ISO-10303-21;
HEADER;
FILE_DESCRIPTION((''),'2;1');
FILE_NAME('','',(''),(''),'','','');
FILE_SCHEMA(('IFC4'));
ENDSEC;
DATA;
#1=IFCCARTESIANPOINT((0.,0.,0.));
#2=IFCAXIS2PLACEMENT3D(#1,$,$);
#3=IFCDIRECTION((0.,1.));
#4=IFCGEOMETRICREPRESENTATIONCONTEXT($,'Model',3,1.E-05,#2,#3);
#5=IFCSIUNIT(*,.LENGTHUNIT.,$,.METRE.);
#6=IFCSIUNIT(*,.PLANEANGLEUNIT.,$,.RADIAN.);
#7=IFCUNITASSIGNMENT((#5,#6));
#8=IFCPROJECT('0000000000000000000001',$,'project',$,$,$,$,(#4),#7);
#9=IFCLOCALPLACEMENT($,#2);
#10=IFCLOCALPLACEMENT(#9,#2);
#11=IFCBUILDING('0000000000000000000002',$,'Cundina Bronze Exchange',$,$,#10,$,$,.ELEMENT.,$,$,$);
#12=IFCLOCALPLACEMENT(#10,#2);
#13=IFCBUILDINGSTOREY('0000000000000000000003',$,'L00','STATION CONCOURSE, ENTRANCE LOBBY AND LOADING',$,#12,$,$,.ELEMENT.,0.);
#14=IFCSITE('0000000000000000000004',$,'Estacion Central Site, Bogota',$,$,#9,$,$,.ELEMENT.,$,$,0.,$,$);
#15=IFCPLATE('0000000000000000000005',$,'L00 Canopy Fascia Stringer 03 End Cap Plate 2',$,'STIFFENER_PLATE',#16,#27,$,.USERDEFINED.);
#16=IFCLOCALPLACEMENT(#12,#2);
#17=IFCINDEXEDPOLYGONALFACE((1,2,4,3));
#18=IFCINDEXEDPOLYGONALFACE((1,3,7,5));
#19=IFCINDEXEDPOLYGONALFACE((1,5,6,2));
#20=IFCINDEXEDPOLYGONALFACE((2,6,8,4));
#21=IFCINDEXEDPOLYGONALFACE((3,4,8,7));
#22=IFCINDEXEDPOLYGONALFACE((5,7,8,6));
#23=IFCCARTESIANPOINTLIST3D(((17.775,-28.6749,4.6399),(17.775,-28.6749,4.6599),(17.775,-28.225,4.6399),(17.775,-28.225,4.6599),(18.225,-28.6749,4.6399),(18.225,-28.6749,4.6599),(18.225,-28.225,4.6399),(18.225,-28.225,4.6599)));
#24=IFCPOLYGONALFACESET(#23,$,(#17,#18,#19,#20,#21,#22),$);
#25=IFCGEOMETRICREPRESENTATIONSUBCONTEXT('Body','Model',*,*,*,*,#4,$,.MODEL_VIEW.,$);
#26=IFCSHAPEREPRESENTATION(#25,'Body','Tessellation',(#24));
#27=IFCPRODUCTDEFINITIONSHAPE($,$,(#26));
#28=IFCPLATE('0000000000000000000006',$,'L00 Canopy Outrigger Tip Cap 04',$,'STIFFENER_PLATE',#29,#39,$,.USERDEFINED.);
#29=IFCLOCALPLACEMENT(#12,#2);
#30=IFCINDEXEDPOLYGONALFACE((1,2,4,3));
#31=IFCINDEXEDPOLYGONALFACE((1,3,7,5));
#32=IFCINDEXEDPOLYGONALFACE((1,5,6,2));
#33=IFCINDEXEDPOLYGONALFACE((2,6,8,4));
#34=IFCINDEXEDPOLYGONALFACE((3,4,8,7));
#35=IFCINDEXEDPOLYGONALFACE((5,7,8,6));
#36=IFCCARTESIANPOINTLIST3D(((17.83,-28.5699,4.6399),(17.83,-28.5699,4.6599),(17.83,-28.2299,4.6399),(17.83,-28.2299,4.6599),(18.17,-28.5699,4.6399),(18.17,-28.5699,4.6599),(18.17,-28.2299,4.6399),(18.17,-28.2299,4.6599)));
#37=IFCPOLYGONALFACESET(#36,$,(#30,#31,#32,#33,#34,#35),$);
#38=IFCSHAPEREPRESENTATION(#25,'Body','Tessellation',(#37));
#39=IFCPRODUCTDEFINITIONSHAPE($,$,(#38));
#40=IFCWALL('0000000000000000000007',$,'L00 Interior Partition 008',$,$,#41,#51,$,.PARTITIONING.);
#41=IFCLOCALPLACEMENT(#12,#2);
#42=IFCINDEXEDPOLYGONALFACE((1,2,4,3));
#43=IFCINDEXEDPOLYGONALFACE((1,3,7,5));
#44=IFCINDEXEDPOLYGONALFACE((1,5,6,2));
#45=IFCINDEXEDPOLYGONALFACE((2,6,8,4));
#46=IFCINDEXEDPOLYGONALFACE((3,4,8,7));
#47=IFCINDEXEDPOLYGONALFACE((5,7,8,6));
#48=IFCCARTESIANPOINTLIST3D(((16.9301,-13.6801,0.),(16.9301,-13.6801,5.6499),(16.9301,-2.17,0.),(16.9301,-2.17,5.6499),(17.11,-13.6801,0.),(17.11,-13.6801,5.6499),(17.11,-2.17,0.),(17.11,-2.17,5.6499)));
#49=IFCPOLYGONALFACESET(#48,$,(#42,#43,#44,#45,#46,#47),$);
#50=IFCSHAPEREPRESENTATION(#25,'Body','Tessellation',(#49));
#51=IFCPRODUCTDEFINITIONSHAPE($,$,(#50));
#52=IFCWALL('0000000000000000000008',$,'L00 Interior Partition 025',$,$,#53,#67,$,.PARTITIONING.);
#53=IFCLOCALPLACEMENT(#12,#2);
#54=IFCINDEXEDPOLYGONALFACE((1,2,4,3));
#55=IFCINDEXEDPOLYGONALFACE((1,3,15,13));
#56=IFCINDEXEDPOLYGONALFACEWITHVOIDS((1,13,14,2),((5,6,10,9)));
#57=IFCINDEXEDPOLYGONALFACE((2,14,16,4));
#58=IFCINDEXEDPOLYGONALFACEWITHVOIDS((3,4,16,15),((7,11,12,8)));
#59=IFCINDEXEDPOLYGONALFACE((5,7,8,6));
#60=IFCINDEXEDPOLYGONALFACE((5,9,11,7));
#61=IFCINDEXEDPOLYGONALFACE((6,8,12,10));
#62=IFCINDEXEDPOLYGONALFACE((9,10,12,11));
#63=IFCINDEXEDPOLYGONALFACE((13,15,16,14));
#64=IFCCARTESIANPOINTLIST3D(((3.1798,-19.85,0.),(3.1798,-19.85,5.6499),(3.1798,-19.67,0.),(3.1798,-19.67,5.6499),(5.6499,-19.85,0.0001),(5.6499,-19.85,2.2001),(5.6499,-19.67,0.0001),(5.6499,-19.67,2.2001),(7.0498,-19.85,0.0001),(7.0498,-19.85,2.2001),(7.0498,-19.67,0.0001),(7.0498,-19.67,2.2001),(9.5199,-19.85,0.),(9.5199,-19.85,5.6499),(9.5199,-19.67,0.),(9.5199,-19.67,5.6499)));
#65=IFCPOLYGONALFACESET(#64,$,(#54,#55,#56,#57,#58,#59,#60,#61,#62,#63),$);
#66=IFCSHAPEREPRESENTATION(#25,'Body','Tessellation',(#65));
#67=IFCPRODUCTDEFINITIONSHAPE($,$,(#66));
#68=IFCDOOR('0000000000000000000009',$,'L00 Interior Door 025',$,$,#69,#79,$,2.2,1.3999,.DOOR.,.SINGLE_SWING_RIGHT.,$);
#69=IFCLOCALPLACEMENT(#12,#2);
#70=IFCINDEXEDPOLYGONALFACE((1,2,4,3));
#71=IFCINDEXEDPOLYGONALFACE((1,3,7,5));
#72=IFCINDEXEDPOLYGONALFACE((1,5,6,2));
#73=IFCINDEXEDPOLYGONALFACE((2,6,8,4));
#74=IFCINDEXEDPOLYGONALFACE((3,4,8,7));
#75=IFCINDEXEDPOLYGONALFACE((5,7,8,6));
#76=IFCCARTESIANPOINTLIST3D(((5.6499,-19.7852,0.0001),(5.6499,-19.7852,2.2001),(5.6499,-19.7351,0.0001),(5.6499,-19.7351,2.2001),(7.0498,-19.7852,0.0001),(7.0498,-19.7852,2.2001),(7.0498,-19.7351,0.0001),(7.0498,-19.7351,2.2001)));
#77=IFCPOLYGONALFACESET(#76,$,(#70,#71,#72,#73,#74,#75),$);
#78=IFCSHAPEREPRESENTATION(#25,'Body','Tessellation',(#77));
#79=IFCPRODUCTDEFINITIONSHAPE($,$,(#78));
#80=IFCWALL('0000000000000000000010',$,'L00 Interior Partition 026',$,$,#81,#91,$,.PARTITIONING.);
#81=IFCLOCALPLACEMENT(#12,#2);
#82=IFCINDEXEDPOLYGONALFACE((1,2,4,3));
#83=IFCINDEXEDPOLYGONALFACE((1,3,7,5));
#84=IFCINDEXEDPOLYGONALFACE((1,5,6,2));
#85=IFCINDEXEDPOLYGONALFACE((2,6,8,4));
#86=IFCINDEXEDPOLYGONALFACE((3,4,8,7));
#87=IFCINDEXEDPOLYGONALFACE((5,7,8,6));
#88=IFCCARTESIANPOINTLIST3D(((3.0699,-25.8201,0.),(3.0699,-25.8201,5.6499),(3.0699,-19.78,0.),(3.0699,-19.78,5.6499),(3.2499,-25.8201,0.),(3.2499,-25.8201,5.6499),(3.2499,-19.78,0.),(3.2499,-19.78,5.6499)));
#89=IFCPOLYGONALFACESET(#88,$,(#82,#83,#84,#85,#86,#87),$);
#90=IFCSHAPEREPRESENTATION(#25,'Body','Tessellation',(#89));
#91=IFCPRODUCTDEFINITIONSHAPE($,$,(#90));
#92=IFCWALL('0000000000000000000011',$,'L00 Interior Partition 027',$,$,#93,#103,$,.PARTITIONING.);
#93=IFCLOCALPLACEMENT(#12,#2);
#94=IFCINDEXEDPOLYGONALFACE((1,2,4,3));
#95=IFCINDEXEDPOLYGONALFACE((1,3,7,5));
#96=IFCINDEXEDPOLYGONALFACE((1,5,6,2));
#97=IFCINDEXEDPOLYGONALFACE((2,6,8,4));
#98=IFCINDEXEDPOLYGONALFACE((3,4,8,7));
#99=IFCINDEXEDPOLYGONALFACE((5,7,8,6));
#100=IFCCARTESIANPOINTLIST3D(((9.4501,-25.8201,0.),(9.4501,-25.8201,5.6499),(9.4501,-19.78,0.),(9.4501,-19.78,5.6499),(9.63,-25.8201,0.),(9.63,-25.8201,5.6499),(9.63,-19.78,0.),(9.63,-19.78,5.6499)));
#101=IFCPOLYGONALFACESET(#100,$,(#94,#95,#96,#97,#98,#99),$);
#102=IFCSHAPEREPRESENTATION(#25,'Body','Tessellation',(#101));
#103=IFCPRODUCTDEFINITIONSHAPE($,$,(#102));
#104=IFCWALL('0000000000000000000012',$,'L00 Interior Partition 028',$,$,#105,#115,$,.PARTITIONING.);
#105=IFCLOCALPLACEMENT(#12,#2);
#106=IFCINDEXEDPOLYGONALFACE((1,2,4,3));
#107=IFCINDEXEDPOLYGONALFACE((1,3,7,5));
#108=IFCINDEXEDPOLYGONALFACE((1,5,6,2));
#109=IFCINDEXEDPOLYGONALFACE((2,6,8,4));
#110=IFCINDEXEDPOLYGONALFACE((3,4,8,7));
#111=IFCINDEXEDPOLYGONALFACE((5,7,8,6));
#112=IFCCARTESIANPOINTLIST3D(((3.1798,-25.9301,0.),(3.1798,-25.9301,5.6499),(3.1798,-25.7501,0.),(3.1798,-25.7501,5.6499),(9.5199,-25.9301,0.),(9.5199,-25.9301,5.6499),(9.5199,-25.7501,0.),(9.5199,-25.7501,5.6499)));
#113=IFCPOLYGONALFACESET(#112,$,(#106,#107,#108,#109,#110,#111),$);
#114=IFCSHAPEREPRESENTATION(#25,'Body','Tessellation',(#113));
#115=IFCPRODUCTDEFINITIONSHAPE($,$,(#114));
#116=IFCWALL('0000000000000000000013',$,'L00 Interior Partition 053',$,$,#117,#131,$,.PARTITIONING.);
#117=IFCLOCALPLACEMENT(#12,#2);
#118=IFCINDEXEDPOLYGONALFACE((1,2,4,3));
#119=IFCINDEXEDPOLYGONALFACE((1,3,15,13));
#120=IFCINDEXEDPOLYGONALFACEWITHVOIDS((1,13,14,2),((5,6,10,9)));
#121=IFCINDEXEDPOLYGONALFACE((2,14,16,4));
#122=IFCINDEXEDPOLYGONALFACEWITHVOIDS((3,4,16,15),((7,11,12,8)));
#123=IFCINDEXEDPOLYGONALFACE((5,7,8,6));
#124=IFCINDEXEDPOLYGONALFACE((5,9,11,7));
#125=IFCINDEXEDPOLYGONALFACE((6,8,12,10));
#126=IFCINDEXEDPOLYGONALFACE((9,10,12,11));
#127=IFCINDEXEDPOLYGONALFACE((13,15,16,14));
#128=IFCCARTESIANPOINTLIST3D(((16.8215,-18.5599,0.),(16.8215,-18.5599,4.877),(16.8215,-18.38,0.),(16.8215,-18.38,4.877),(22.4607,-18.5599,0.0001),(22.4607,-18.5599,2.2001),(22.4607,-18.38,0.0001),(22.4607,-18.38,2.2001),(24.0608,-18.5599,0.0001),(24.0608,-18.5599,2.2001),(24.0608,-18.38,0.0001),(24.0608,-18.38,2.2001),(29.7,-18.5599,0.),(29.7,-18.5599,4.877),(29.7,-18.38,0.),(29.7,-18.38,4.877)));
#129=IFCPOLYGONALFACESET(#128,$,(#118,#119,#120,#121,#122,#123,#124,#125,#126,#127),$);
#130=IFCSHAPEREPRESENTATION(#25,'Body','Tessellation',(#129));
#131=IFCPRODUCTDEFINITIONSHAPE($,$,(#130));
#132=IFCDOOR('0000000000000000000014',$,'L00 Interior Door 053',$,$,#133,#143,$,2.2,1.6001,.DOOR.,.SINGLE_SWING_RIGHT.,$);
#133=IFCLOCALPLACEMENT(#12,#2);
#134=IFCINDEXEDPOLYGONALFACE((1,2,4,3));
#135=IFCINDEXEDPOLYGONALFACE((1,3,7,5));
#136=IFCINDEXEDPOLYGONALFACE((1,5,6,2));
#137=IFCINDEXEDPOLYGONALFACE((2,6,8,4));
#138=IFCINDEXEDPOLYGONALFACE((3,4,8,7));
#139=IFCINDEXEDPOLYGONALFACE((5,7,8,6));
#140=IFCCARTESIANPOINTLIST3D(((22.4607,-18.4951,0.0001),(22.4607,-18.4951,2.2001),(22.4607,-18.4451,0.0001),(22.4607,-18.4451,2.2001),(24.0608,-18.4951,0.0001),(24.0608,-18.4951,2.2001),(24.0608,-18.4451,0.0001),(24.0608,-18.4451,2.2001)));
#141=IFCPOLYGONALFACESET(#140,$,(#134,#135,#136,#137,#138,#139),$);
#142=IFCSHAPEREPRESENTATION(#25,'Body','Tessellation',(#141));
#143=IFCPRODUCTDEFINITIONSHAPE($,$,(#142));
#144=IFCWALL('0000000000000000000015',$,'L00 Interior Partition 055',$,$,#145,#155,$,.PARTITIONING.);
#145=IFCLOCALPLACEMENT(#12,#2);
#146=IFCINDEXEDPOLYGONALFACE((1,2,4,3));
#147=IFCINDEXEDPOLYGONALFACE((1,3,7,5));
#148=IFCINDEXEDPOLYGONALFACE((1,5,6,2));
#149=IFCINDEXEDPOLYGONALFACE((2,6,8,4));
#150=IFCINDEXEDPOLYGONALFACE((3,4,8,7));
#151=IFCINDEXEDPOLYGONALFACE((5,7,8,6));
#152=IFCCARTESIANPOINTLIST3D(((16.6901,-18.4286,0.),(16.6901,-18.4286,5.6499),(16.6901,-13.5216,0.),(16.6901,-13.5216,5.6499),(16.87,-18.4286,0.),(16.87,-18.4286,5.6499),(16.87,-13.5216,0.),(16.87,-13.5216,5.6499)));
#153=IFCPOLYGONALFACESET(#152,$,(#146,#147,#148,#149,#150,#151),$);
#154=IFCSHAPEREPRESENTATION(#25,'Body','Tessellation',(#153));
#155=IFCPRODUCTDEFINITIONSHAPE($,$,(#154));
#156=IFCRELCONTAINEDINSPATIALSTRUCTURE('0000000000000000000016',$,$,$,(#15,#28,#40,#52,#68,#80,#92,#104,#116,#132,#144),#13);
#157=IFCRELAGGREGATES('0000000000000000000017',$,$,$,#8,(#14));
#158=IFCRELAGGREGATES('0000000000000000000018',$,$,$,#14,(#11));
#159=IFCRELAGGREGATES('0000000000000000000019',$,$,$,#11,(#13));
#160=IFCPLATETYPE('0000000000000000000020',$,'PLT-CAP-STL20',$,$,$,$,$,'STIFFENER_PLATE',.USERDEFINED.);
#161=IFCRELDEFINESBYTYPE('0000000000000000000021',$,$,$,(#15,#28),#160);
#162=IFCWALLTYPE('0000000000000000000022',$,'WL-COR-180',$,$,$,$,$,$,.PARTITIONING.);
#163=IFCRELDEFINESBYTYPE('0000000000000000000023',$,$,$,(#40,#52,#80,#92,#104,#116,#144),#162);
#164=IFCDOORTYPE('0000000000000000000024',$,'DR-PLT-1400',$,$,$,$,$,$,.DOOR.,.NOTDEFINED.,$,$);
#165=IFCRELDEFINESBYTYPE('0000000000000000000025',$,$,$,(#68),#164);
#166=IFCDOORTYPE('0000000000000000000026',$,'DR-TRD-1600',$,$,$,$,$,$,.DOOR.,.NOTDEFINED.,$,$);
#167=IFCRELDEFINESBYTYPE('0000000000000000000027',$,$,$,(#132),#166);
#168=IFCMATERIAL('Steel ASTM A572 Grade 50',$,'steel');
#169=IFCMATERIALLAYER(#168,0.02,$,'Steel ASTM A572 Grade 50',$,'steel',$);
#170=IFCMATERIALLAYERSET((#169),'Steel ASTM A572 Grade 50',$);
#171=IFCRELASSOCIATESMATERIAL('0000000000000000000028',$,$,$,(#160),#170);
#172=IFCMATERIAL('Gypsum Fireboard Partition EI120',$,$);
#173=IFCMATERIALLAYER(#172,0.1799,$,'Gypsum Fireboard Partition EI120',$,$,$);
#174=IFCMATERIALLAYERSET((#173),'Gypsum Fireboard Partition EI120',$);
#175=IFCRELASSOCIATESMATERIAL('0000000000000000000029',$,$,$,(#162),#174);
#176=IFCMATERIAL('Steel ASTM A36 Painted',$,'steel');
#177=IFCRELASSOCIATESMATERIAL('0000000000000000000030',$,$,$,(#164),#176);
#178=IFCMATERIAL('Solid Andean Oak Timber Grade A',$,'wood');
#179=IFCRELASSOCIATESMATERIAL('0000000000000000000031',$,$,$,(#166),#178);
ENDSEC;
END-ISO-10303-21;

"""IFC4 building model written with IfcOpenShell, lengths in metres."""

from ifc_helpers import new_model, si_unit, direction, frame, frame_2d, origin, origin_2d, place, context, subcontext, project, spatial, rectangle, extrude, material, layer, layer_set, type_object, element, fill, save


model = new_model("IFC4")

# Units and contexts
model_context = context("Model", 3, precision=1e-05, world=origin(), true_north=direction((0.0, 1.0)))
body_context = subcontext(model_context, "Body", "Model", "MODEL_VIEW")
ifc_project = project(units=[si_unit("LENGTHUNIT", "METRE"), si_unit("PLANEANGLEUNIT", "RADIAN")], contexts=[model_context])

# Site, building, storey
site_placement = place(None, origin())
site = spatial("IfcSite", under=ifc_project, at=site_placement, Name="Estacion Central Site, Bogota", CompositionType="ELEMENT", RefElevation=0.0)
building_placement = place(site_placement, origin())
building = spatial("IfcBuilding", under=site, at=building_placement, Name="Cundina Bronze Exchange", CompositionType="ELEMENT")
storey_placement = place(building_placement, origin())
storey = spatial("IfcBuildingStorey", under=building, at=storey_placement, Name="L00", Description="STATION CONCOURSE, ENTRANCE LOBBY AND LOADING", CompositionType="ELEMENT", Elevation=0.0)

# Plates
ifc_material_1 = material(Name="Steel ASTM A572 Grade 50", Category="steel")
ifc_layer_1 = layer(ifc_material_1, 0.02, Name="Steel ASTM A572 Grade 50", Category="steel")
ifc_layer_set_1 = layer_set([ifc_layer_1], Name="Steel ASTM A572 Grade 50")
plate_type = type_object("IfcPlateType", Name="PLT-CAP-STL20", ElementType="STIFFENER_PLATE", PredefinedType="USERDEFINED", material=ifc_layer_set_1)
for number, where, z_axis, x_axis, name in (
    (1, (18.0, -28.45, 4.6399), (0.0, 0.0, 1.0), (1.0, 0.0, 0.0), "L00 Canopy Fascia Stringer 03 End Cap Plate 2"),
):
    element("IfcPlate", number, at=place(storey_placement, frame(where, z_axis=z_axis, x_axis=x_axis)), inside=storey, type_object=plate_type, Name=name, ObjectType="STIFFENER_PLATE", PredefinedType="USERDEFINED", context=body_context, shape_type="SweptSolid", body=[
        extrude(rectangle(XDim=0.45, YDim=0.45, at=origin_2d()), origin(), (0.0, 0.0, 1.0), 0.02),
    ])
plate_1_placement = place(storey_placement, frame((18.0, -28.3999, 4.6399), z_axis=(0.0, 0.0, 1.0), x_axis=(1.0, 0.0, 0.0)))
element("IfcPlate", 2, at=plate_1_placement, inside=storey, type_object=plate_type, Name="L00 Canopy Outrigger Tip Cap 04", ObjectType="STIFFENER_PLATE", PredefinedType="USERDEFINED", context=body_context, shape_type="SweptSolid", body=[
    extrude(rectangle(XDim=0.3401, YDim=0.3401, at=origin_2d()), origin(), (0.0, 0.0, 1.0), 0.02),
])

# Wall
ifc_material_2 = material(Name="Gypsum Fireboard Partition EI120")
ifc_layer_2 = layer(ifc_material_2, 0.1799, Name="Gypsum Fireboard Partition EI120")
ifc_layer_set_2 = layer_set([ifc_layer_2], Name="Gypsum Fireboard Partition EI120")
wall_type_1 = type_object("IfcWallType", Name="WL-COR-180", PredefinedType="PARTITIONING", material=ifc_layer_set_2)
wall_1_placement = place(storey_placement, frame((17.02, -13.6799, 0.0), z_axis=(0.0, 0.0, 1.0), x_axis=(0.0, 1.0, 0.0)))
element("IfcWall", 3, at=wall_1_placement, inside=storey, type_object=wall_type_1, Name="L00 Interior Partition 008", PredefinedType="PARTITIONING", context=body_context, shape_type="SweptSolid", body=[
    extrude(rectangle(XDim=11.51, YDim=0.1799, at=frame_2d((5.7549, 0.0))), origin(), (0.0, 0.0, 1.0), 5.6499),
])

# Wall, opening, door
wall_2_placement = place(storey_placement, frame((3.1799, -19.76, 0.0), z_axis=(0.0, 0.0, 1.0), x_axis=(1.0, 0.0, 0.0)))
wall_2 = element("IfcWall", 4, at=wall_2_placement, inside=storey, type_object=wall_type_1, Name="L00 Interior Partition 025", PredefinedType="PARTITIONING", context=body_context, shape_type="SweptSolid", body=[
    extrude(rectangle(XDim=6.3401, YDim=0.1799, at=frame_2d((3.1699, 0.0))), origin(), (0.0, 0.0, 1.0), 5.6499),
])
opening_1_placement = place(wall_2_placement, frame((2.47, 0.0, 0.0)))
opening_1 = element("IfcOpeningElement", 5, at=opening_1_placement, cuts=wall_2, PredefinedType="OPENING", context=body_context, shape_type="SweptSolid", body=[
    extrude(rectangle(XDim=1.3999, YDim=2.2, at=frame_2d((0.7, 1.1001))), frame((0.0, 0.0999, 0.0), z_axis=(0.0, -1.0, 0.0), x_axis=(1.0, 0.0, 0.0)), (0.0, 0.0, 1.0), 0.2),
])
ifc_material_3 = material(Name="Steel ASTM A36 Painted", Category="steel")
door_type_1 = type_object("IfcDoorType", Name="DR-PLT-1400", OperationType="NOTDEFINED", PredefinedType="DOOR", material=ifc_material_3)
door_1_placement = place(opening_1_placement, origin())
door_1 = element("IfcDoor", 6, at=door_1_placement, inside=storey, type_object=door_type_1, Name="L00 Interior Door 025", OperationType="SINGLE_SWING_RIGHT", OverallHeight=2.2, OverallWidth=1.3999, PredefinedType="DOOR", context=body_context, shape_type="SweptSolid", body=[
    extrude(rectangle(XDim=1.3999, YDim=2.2, at=frame_2d((0.7, 1.1001))), frame((0.0, 0.0249, 0.0), z_axis=(0.0, -1.0, 0.0), x_axis=(1.0, 0.0, 0.0)), (0.0, 0.0, 1.0), 0.05),
])
fill(opening_1, door_1)

# Walls
for number, where, z_axis, x_axis, name in (
    (7, (3.1599, -25.8201, 0.0), (0.0, 0.0, 1.0), (0.0, 1.0, 0.0), "L00 Interior Partition 026"),
    (8, (9.54, -25.8201, 0.0), (0.0, 0.0, 1.0), (0.0, 1.0, 0.0), "L00 Interior Partition 027"),
):
    element("IfcWall", number, at=place(storey_placement, frame(where, z_axis=z_axis, x_axis=x_axis)), inside=storey, type_object=wall_type_1, Name=name, PredefinedType="PARTITIONING", context=body_context, shape_type="SweptSolid", body=[
        extrude(rectangle(XDim=6.04, YDim=0.1799, at=frame_2d((3.02, 0.0))), origin(), (0.0, 0.0, 1.0), 5.6499),
    ])
wall_3_placement = place(storey_placement, frame((3.1799, -25.8401, 0.0), z_axis=(0.0, 0.0, 1.0), x_axis=(1.0, 0.0, 0.0)))
element("IfcWall", 9, at=wall_3_placement, inside=storey, type_object=wall_type_1, Name="L00 Interior Partition 028", PredefinedType="PARTITIONING", context=body_context, shape_type="SweptSolid", body=[
    extrude(rectangle(XDim=6.3401, YDim=0.1799, at=frame_2d((3.1699, 0.0))), origin(), (0.0, 0.0, 1.0), 5.6499),
])

# Wall, opening, door
wall_4_placement = place(storey_placement, frame((16.8215, -18.47, 0.0), z_axis=(0.0, 0.0, 1.0), x_axis=(1.0, 0.0, 0.0)))
wall_4 = element("IfcWall", 10, at=wall_4_placement, inside=storey, type_object=wall_type_1, Name="L00 Interior Partition 053", PredefinedType="PARTITIONING", context=body_context, shape_type="SweptSolid", body=[
    extrude(rectangle(XDim=12.8784, YDim=0.1799, at=frame_2d((6.4392, 0.0))), origin(), (0.0, 0.0, 1.0), 4.877),
])
opening_2_placement = place(wall_4_placement, frame((5.6392, 0.0, 0.0)))
opening_2 = element("IfcOpeningElement", 11, at=opening_2_placement, cuts=wall_4, PredefinedType="OPENING", context=body_context, shape_type="SweptSolid", body=[
    extrude(rectangle(XDim=1.6001, YDim=2.2, at=frame_2d((0.8, 1.1001))), frame((0.0, 0.0999, 0.0), z_axis=(0.0, -1.0, 0.0), x_axis=(1.0, 0.0, 0.0)), (0.0, 0.0, 1.0), 0.2),
])
ifc_material_4 = material(Name="Solid Andean Oak Timber Grade A", Category="wood")
door_type_2 = type_object("IfcDoorType", Name="DR-TRD-1600", OperationType="NOTDEFINED", PredefinedType="DOOR", material=ifc_material_4)
door_2_placement = place(opening_2_placement, origin())
door_2 = element("IfcDoor", 12, at=door_2_placement, inside=storey, type_object=door_type_2, Name="L00 Interior Door 053", OperationType="SINGLE_SWING_RIGHT", OverallHeight=2.2, OverallWidth=1.6001, PredefinedType="DOOR", context=body_context, shape_type="SweptSolid", body=[
    extrude(rectangle(XDim=1.6001, YDim=2.2, at=frame_2d((0.8, 1.1001))), frame((0.0, 0.0249, 0.0), z_axis=(0.0, -1.0, 0.0), x_axis=(1.0, 0.0, 0.0)), (0.0, 0.0, 1.0), 0.05),
])
fill(opening_2, door_2)

# Wall
wall_5_placement = place(storey_placement, frame((16.78, -13.5215, 0.0), z_axis=(0.0, 0.0, 1.0), x_axis=(0.0, -1.0, 0.0)))
element("IfcWall", 13, at=wall_5_placement, inside=storey, type_object=wall_type_1, Name="L00 Interior Partition 055", PredefinedType="PARTITIONING", context=body_context, shape_type="SweptSolid", body=[
    extrude(rectangle(XDim=4.907, YDim=0.1799, at=frame_2d((2.4536, 0.0))), origin(), (0.0, 0.0, 1.0), 5.6499),
])

save(model, "model.ifc")
